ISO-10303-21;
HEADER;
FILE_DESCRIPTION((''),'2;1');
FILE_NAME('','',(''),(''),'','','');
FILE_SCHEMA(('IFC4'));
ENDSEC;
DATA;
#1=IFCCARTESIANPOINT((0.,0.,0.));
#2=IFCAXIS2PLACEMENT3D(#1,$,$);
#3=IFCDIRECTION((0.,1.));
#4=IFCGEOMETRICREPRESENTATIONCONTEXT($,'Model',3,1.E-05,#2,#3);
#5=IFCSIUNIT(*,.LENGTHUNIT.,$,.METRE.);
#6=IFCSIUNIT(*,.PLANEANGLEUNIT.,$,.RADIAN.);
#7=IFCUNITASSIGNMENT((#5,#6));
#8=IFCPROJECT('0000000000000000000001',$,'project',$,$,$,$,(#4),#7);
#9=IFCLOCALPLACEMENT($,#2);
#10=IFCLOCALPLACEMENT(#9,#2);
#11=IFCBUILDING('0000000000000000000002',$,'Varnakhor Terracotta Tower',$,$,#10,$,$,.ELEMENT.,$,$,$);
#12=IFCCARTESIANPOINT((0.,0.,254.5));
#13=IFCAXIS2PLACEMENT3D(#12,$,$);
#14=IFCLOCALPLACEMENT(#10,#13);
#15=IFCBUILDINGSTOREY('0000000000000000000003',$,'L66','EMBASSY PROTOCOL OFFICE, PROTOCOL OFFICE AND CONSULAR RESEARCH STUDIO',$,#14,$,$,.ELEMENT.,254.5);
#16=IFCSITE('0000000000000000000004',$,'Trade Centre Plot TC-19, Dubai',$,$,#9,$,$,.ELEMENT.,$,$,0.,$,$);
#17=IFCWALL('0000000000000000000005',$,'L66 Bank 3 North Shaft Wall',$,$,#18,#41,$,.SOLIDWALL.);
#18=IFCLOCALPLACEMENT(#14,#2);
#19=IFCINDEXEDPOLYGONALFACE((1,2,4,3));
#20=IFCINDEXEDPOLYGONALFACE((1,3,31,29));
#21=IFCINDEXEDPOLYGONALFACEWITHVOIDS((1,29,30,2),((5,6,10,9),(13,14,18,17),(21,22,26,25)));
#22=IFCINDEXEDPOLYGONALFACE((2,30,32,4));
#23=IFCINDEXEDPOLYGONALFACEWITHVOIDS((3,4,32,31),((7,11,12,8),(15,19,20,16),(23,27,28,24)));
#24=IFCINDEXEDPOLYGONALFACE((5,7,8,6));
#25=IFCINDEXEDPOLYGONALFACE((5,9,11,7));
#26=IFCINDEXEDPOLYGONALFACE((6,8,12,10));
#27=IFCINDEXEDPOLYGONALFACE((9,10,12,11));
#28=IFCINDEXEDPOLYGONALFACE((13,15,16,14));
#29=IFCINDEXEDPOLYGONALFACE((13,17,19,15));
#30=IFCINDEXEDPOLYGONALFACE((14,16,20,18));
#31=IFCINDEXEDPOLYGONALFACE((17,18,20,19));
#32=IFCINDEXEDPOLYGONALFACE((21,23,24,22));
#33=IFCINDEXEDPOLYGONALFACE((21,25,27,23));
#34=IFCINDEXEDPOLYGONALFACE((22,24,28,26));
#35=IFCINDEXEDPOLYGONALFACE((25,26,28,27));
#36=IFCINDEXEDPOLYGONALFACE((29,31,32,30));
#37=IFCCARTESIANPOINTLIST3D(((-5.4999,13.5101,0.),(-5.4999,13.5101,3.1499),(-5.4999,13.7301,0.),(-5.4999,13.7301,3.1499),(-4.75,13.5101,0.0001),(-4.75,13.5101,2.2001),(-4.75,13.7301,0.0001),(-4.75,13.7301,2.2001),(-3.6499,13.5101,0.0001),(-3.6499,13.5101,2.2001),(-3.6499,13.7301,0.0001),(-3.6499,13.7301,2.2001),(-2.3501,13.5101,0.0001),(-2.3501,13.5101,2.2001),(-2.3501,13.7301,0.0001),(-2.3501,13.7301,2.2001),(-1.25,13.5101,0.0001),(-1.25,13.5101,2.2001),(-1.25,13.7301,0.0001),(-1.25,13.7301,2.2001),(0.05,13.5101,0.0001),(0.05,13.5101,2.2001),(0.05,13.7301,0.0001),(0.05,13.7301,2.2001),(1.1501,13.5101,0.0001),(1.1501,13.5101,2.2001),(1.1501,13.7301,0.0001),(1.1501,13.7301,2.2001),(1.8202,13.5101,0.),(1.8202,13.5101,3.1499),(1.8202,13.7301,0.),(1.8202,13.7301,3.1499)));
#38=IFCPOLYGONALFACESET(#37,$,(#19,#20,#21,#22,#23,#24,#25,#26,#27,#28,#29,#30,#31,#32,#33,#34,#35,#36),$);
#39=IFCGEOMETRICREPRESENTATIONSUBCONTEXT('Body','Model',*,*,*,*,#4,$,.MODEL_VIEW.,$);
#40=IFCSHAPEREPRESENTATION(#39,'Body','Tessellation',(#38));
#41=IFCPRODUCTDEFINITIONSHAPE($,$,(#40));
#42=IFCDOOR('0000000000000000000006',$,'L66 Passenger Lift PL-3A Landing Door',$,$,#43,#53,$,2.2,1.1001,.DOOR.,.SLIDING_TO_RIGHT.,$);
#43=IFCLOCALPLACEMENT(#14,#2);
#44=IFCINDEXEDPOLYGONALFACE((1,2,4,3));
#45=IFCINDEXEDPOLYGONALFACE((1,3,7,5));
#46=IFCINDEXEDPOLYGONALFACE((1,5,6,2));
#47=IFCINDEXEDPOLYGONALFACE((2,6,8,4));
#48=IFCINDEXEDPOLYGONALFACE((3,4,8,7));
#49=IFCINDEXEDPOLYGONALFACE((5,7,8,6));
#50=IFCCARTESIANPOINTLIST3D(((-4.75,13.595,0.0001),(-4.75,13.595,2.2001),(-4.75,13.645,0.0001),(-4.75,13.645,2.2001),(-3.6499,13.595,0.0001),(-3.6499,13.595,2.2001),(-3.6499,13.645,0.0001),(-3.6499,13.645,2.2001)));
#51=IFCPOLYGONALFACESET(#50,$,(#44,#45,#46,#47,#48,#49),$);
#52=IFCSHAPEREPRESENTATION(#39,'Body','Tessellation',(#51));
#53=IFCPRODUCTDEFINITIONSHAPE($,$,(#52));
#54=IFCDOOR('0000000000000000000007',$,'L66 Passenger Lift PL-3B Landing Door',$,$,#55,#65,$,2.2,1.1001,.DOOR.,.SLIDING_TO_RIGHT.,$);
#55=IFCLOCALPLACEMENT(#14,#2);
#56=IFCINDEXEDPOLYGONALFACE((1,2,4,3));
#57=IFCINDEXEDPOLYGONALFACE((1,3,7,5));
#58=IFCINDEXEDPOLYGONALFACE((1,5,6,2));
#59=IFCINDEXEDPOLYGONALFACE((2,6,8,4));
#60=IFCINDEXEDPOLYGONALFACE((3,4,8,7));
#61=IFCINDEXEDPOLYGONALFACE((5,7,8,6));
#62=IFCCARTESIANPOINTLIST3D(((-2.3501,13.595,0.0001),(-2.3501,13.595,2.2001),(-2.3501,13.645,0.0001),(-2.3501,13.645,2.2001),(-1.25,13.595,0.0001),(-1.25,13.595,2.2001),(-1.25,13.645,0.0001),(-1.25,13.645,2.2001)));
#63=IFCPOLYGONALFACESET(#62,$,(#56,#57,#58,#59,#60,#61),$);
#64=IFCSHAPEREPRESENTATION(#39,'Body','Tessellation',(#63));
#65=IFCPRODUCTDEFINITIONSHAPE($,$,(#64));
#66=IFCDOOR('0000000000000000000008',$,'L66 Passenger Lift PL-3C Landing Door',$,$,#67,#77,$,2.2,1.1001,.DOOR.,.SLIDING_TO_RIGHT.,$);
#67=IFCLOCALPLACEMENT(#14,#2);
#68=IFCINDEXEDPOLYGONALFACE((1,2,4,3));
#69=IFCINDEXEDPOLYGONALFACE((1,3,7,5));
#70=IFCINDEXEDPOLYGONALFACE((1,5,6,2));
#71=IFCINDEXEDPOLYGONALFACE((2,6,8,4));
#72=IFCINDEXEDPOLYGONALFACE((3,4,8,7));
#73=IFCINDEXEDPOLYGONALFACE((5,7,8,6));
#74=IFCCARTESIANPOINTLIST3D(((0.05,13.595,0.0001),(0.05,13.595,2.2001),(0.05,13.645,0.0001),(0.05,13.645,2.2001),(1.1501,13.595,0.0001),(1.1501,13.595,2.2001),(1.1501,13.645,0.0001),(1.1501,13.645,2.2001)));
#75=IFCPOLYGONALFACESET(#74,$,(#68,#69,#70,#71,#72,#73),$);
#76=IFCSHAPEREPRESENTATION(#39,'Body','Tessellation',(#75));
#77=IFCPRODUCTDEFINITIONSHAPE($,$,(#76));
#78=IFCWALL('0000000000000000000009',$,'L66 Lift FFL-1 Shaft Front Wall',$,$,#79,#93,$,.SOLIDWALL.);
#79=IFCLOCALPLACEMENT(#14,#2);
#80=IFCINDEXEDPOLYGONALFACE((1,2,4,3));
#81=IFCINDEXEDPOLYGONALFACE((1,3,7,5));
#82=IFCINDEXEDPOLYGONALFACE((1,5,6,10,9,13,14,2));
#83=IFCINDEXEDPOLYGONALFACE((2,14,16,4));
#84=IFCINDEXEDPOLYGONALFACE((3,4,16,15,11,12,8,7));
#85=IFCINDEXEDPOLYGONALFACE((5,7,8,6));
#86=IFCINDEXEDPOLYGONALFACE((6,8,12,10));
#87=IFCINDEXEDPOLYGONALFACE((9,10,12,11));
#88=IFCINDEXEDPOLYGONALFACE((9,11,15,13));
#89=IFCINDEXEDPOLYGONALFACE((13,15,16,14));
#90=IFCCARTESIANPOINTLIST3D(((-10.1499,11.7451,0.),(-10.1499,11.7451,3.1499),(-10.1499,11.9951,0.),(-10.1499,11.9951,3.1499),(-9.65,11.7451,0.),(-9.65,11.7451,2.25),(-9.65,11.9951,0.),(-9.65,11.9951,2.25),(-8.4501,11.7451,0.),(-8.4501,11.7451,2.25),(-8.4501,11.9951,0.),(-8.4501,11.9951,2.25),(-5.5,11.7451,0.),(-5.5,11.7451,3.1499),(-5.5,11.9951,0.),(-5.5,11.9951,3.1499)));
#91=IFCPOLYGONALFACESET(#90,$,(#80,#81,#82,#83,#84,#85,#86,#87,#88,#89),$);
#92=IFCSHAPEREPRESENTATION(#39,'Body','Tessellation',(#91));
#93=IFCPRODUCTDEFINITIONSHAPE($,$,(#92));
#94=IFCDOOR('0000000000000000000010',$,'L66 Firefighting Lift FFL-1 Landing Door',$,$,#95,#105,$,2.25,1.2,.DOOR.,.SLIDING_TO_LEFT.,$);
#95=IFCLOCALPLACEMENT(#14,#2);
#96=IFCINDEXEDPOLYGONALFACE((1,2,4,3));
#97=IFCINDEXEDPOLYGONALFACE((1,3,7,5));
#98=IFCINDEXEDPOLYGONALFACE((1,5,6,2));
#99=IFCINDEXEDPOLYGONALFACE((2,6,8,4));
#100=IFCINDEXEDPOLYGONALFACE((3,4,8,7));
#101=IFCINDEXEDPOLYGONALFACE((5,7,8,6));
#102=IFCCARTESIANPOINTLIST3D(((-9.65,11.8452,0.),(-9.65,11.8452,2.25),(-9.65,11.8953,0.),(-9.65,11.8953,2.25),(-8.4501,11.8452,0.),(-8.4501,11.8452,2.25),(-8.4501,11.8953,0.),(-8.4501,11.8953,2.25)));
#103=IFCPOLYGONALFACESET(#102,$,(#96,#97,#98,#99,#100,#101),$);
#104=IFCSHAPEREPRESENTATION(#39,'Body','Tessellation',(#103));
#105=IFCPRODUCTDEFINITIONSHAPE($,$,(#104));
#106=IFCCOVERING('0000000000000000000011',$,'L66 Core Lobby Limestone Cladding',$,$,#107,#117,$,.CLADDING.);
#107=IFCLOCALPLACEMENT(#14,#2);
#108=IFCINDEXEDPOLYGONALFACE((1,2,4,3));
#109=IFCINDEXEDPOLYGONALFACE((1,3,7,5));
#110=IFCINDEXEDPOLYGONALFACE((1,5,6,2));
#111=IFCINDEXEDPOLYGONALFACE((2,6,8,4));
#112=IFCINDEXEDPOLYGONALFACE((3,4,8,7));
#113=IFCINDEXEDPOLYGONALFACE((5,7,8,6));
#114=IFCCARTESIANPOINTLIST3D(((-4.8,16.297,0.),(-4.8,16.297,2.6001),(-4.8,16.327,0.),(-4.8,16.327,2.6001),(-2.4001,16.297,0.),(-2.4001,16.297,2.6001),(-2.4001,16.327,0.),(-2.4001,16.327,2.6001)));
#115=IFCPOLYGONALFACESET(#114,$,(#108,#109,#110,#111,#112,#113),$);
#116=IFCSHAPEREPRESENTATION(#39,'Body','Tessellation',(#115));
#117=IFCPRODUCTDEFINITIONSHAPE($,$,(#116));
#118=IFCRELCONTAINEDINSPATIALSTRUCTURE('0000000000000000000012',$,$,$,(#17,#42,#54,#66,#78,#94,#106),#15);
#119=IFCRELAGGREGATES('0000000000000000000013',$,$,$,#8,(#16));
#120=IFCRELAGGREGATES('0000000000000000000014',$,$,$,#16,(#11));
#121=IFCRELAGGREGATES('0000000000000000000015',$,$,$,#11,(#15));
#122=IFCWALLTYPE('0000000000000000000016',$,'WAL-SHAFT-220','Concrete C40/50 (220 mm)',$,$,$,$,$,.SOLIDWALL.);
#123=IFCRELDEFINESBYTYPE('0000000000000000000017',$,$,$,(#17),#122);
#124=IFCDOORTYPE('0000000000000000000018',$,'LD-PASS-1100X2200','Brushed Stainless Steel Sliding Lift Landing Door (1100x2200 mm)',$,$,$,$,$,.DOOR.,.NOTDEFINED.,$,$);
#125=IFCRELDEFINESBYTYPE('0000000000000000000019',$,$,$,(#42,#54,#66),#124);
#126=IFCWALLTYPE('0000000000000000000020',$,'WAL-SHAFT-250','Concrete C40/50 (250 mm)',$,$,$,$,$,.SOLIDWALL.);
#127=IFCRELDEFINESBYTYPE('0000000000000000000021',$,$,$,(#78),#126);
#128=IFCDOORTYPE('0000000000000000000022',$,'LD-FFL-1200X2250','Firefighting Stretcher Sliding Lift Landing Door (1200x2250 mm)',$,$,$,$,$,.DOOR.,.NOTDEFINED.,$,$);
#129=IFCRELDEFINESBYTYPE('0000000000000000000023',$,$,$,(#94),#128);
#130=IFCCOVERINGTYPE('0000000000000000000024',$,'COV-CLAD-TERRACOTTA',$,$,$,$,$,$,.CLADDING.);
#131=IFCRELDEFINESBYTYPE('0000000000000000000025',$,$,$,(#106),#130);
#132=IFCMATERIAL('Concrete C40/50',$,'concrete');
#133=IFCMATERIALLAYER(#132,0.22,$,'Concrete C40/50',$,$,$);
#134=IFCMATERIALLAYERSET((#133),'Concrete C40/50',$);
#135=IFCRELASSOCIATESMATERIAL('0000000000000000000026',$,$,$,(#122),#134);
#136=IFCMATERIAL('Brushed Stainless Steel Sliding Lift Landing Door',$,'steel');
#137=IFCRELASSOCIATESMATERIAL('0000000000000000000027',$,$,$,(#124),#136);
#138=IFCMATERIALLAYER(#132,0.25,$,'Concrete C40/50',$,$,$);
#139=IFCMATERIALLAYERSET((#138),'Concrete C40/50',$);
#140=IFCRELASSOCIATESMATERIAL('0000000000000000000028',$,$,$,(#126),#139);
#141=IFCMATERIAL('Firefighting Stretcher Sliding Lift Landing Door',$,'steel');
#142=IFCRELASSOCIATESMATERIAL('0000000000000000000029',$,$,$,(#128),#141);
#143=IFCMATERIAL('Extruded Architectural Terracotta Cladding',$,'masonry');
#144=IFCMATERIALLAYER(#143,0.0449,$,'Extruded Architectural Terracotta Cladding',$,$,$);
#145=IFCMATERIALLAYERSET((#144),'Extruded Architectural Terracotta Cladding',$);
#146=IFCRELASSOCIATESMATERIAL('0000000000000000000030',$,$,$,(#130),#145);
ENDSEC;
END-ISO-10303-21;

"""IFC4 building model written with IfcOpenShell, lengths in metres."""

from ifc_helpers import new_model, si_unit, direction, frame, frame_2d, origin, origin_2d, place, context, subcontext, project, spatial, rectangle, extrude, source, transform, mapped, material, layer, layer_set, type_object, type_shapes, element, fill, save


model = new_model("IFC4")

# Units and contexts
model_context = context("Model", 3, precision=1e-05, world=origin(), true_north=direction((0.0, 1.0)))
body_context = subcontext(model_context, "Body", "Model", "MODEL_VIEW")
ifc_project = project(units=[si_unit("LENGTHUNIT", "METRE"), si_unit("PLANEANGLEUNIT", "RADIAN")], contexts=[model_context])

# Site, building, storey
site_placement = place(None, origin())
site = spatial("IfcSite", under=ifc_project, at=site_placement, Name="Trade Centre Plot TC-19, Dubai", CompositionType="ELEMENT", RefElevation=0.0)
building_placement = place(site_placement, origin())
building = spatial("IfcBuilding", under=site, at=building_placement, Name="Varnakhor Terracotta Tower", CompositionType="ELEMENT")
storey_placement = place(building_placement, frame((0.0, 0.0, 254.5)))
storey = spatial("IfcBuildingStorey", under=building, at=storey_placement, Name="L66", Description="EMBASSY PROTOCOL OFFICE, PROTOCOL OFFICE AND CONSULAR RESEARCH STUDIO", CompositionType="ELEMENT", Elevation=254.5)

# Shared definitions
ifc_material_1 = material(Name="Concrete C40/50", Category="concrete")
ifc_layer_1 = layer(ifc_material_1, 0.22, Name="Concrete C40/50")
ifc_layer_set_1 = layer_set([ifc_layer_1], Name="Concrete C40/50")
wall_type_1 = type_object("IfcWallType", Name="WAL-SHAFT-220", Description="Concrete C40/50 (220 mm)", PredefinedType="SOLIDWALL", material=ifc_layer_set_1)

# Wall, openings, doors
wall_1_placement = place(storey_placement, frame((-5.5, 13.6201, 0.0), z_axis=(0.0, 0.0, 1.0), x_axis=(1.0, 0.0, 0.0)))
wall_1 = element("IfcWall", 1, at=wall_1_placement, inside=storey, type_object=wall_type_1, Name="L66 Bank 3 North Shaft Wall", PredefinedType="SOLIDWALL", context=body_context, shape_type="SweptSolid", body=[
    extrude(rectangle(XDim=7.3201, YDim=0.22, at=frame_2d((3.6602, 0.0))), origin(), (0.0, 0.0, 1.0), 3.1499),
])
opening_1_placement = place(wall_1_placement, frame((0.75, 0.0, 0.0)))
opening_1 = element("IfcOpeningElement", 2, at=opening_1_placement, cuts=wall_1, PredefinedType="OPENING", context=body_context, shape_type="SweptSolid", body=[
    extrude(rectangle(XDim=1.1001, YDim=2.2, at=frame_2d((0.55, 1.1001))), frame((0.0, 0.1201, 0.0), z_axis=(0.0, -1.0, 0.0), x_axis=(1.0, 0.0, 0.0)), (0.0, 0.0, 1.0), 0.24),
])
opening_2_placement = place(wall_1_placement, frame((3.1499, 0.0, 0.0)))
opening_2 = element("IfcOpeningElement", 3, at=opening_2_placement, cuts=wall_1, PredefinedType="OPENING", context=body_context, shape_type="SweptSolid", body=[
    extrude(rectangle(XDim=1.1001, YDim=2.2, at=frame_2d((0.55, 1.1001))), frame((0.0, 0.1201, 0.0), z_axis=(0.0, -1.0, 0.0), x_axis=(1.0, 0.0, 0.0)), (0.0, 0.0, 1.0), 0.24),
])
opening_3_placement = place(wall_1_placement, frame((5.55, 0.0, 0.0)))
opening_3 = element("IfcOpeningElement", 4, at=opening_3_placement, cuts=wall_1, PredefinedType="OPENING", context=body_context, shape_type="SweptSolid", body=[
    extrude(rectangle(XDim=1.1001, YDim=2.2, at=frame_2d((0.55, 1.1001))), frame((0.0, 0.1201, 0.0), z_axis=(0.0, -1.0, 0.0), x_axis=(1.0, 0.0, 0.0)), (0.0, 0.0, 1.0), 0.24),
])
ifc_material_2 = material(Name="Brushed Stainless Steel Sliding Lift Landing Door", Category="steel")
door_type_1 = type_object("IfcDoorType", Name="LD-PASS-1100X2200", Description="Brushed Stainless Steel Sliding Lift Landing Door (1100x2200 mm)", OperationType="NOTDEFINED", PredefinedType="DOOR", material=ifc_material_2)
shared_shape_1 = source(origin(), body_context, "Body", "SweptSolid", [
    extrude(rectangle(XDim=1.1001, YDim=2.2, at=frame_2d((0.55, 1.1001))), frame((0.0, 0.0249, 0.0), z_axis=(0.0, -1.0, 0.0), x_axis=(1.0, 0.0, 0.0)), (0.0, 0.0, 1.0), 0.05),
])
type_shapes(door_type_1, [shared_shape_1])
door_1_placement = place(opening_1_placement, origin())
door_1 = element("IfcDoor", 5, at=door_1_placement, inside=storey, type_object=door_type_1, Name="L66 Passenger Lift PL-3A Landing Door", OperationType="SLIDING_TO_RIGHT", OverallHeight=2.2, OverallWidth=1.1001, PredefinedType="DOOR", context=body_context, shape_type="MappedRepresentation", body=[
    mapped(shared_shape_1, transform((0.0, 0.0, 0.0), scale=1.0)),
])
fill(opening_1, door_1)
door_2_placement = place(opening_2_placement, origin())
door_2 = element("IfcDoor", 6, at=door_2_placement, inside=storey, type_object=door_type_1, Name="L66 Passenger Lift PL-3B Landing Door", OperationType="SLIDING_TO_RIGHT", OverallHeight=2.2, OverallWidth=1.1001, PredefinedType="DOOR", context=body_context, shape_type="MappedRepresentation", body=[
    mapped(shared_shape_1, transform((0.0, 0.0, 0.0), scale=1.0)),
])
fill(opening_2, door_2)
door_3_placement = place(opening_3_placement, origin())
door_3 = element("IfcDoor", 7, at=door_3_placement, inside=storey, type_object=door_type_1, Name="L66 Passenger Lift PL-3C Landing Door", OperationType="SLIDING_TO_RIGHT", OverallHeight=2.2, OverallWidth=1.1001, PredefinedType="DOOR", context=body_context, shape_type="MappedRepresentation", body=[
    mapped(shared_shape_1, transform((0.0, 0.0, 0.0), scale=1.0)),
])
fill(opening_3, door_3)

# Wall, opening, door
ifc_layer_2 = layer(ifc_material_1, 0.25, Name="Concrete C40/50")
ifc_layer_set_2 = layer_set([ifc_layer_2], Name="Concrete C40/50")
wall_type_2 = type_object("IfcWallType", Name="WAL-SHAFT-250", Description="Concrete C40/50 (250 mm)", PredefinedType="SOLIDWALL", material=ifc_layer_set_2)
wall_2_placement = place(storey_placement, frame((-5.5, 11.8701, 0.0), z_axis=(0.0, 0.0, 1.0), x_axis=(-1.0, 0.0, 0.0)))
wall_2 = element("IfcWall", 8, at=wall_2_placement, inside=storey, type_object=wall_type_2, Name="L66 Lift FFL-1 Shaft Front Wall", PredefinedType="SOLIDWALL", context=body_context, shape_type="SweptSolid", body=[
    extrude(rectangle(XDim=4.6499, YDim=0.25, at=frame_2d((2.325, 0.0))), origin(), (0.0, 0.0, 1.0), 3.1499),
])
opening_4_placement = place(wall_2_placement, frame((2.95, 0.0, 0.0)))
opening_4 = element("IfcOpeningElement", 9, at=opening_4_placement, cuts=wall_2, PredefinedType="OPENING", context=body_context, shape_type="SweptSolid", body=[
    extrude(rectangle(XDim=1.2, YDim=2.25, at=frame_2d((0.6001, 1.125))), frame((0.0, 0.135, 0.0), z_axis=(0.0, -1.0, 0.0), x_axis=(1.0, 0.0, 0.0)), (0.0, 0.0, 1.0), 0.27),
])
ifc_material_3 = material(Name="Firefighting Stretcher Sliding Lift Landing Door", Category="steel")
door_type_2 = type_object("IfcDoorType", Name="LD-FFL-1200X2250", Description="Firefighting Stretcher Sliding Lift Landing Door (1200x2250 mm)", OperationType="NOTDEFINED", PredefinedType="DOOR", material=ifc_material_3)
shared_shape_2 = source(origin(), body_context, "Body", "SweptSolid", [
    extrude(rectangle(XDim=1.2, YDim=2.25, at=frame_2d((0.6001, 1.125))), frame((0.0, 0.0249, 0.0), z_axis=(0.0, -1.0, 0.0), x_axis=(1.0, 0.0, 0.0)), (0.0, 0.0, 1.0), 0.05),
])
type_shapes(door_type_2, [shared_shape_2])
door_4_placement = place(opening_4_placement, origin())
door_4 = element("IfcDoor", 10, at=door_4_placement, inside=storey, type_object=door_type_2, Name="L66 Firefighting Lift FFL-1 Landing Door", OperationType="SLIDING_TO_LEFT", OverallHeight=2.25, OverallWidth=1.2, PredefinedType="DOOR", context=body_context, shape_type="MappedRepresentation", body=[
    mapped(shared_shape_2, transform((0.0, 0.0, 0.0), scale=1.0)),
])
fill(opening_4, door_4)

# Covering
ifc_material_4 = material(Name="Extruded Architectural Terracotta Cladding", Category="masonry")
ifc_layer_3 = layer(ifc_material_4, 0.0449, Name="Extruded Architectural Terracotta Cladding")
ifc_layer_set_3 = layer_set([ifc_layer_3], Name="Extruded Architectural Terracotta Cladding")
covering_type = type_object("IfcCoveringType", Name="COV-CLAD-TERRACOTTA", PredefinedType="CLADDING", material=ifc_layer_set_3)
shared_shape_3 = source(origin(), body_context, "Body", "SweptSolid", [
    extrude(rectangle(XDim=2.3999, YDim=0.03, at=origin_2d()), origin(), (0.0, 0.0, 1.0), 2.6001),
])
type_shapes(covering_type, [shared_shape_3])
covering_placement = place(storey_placement, frame((-3.6001, 16.312, 0.0), z_axis=(0.0, 0.0, 1.0), x_axis=(1.0, 0.0, 0.0)))
element("IfcCovering", 11, at=covering_placement, inside=storey, type_object=covering_type, Name="L66 Core Lobby Limestone Cladding", PredefinedType="CLADDING", context=body_context, shape_type="MappedRepresentation", body=[
    mapped(shared_shape_3, transform((0.0, 0.0, 0.0), scale=1.0)),
])

save(model, "model.ifc")
